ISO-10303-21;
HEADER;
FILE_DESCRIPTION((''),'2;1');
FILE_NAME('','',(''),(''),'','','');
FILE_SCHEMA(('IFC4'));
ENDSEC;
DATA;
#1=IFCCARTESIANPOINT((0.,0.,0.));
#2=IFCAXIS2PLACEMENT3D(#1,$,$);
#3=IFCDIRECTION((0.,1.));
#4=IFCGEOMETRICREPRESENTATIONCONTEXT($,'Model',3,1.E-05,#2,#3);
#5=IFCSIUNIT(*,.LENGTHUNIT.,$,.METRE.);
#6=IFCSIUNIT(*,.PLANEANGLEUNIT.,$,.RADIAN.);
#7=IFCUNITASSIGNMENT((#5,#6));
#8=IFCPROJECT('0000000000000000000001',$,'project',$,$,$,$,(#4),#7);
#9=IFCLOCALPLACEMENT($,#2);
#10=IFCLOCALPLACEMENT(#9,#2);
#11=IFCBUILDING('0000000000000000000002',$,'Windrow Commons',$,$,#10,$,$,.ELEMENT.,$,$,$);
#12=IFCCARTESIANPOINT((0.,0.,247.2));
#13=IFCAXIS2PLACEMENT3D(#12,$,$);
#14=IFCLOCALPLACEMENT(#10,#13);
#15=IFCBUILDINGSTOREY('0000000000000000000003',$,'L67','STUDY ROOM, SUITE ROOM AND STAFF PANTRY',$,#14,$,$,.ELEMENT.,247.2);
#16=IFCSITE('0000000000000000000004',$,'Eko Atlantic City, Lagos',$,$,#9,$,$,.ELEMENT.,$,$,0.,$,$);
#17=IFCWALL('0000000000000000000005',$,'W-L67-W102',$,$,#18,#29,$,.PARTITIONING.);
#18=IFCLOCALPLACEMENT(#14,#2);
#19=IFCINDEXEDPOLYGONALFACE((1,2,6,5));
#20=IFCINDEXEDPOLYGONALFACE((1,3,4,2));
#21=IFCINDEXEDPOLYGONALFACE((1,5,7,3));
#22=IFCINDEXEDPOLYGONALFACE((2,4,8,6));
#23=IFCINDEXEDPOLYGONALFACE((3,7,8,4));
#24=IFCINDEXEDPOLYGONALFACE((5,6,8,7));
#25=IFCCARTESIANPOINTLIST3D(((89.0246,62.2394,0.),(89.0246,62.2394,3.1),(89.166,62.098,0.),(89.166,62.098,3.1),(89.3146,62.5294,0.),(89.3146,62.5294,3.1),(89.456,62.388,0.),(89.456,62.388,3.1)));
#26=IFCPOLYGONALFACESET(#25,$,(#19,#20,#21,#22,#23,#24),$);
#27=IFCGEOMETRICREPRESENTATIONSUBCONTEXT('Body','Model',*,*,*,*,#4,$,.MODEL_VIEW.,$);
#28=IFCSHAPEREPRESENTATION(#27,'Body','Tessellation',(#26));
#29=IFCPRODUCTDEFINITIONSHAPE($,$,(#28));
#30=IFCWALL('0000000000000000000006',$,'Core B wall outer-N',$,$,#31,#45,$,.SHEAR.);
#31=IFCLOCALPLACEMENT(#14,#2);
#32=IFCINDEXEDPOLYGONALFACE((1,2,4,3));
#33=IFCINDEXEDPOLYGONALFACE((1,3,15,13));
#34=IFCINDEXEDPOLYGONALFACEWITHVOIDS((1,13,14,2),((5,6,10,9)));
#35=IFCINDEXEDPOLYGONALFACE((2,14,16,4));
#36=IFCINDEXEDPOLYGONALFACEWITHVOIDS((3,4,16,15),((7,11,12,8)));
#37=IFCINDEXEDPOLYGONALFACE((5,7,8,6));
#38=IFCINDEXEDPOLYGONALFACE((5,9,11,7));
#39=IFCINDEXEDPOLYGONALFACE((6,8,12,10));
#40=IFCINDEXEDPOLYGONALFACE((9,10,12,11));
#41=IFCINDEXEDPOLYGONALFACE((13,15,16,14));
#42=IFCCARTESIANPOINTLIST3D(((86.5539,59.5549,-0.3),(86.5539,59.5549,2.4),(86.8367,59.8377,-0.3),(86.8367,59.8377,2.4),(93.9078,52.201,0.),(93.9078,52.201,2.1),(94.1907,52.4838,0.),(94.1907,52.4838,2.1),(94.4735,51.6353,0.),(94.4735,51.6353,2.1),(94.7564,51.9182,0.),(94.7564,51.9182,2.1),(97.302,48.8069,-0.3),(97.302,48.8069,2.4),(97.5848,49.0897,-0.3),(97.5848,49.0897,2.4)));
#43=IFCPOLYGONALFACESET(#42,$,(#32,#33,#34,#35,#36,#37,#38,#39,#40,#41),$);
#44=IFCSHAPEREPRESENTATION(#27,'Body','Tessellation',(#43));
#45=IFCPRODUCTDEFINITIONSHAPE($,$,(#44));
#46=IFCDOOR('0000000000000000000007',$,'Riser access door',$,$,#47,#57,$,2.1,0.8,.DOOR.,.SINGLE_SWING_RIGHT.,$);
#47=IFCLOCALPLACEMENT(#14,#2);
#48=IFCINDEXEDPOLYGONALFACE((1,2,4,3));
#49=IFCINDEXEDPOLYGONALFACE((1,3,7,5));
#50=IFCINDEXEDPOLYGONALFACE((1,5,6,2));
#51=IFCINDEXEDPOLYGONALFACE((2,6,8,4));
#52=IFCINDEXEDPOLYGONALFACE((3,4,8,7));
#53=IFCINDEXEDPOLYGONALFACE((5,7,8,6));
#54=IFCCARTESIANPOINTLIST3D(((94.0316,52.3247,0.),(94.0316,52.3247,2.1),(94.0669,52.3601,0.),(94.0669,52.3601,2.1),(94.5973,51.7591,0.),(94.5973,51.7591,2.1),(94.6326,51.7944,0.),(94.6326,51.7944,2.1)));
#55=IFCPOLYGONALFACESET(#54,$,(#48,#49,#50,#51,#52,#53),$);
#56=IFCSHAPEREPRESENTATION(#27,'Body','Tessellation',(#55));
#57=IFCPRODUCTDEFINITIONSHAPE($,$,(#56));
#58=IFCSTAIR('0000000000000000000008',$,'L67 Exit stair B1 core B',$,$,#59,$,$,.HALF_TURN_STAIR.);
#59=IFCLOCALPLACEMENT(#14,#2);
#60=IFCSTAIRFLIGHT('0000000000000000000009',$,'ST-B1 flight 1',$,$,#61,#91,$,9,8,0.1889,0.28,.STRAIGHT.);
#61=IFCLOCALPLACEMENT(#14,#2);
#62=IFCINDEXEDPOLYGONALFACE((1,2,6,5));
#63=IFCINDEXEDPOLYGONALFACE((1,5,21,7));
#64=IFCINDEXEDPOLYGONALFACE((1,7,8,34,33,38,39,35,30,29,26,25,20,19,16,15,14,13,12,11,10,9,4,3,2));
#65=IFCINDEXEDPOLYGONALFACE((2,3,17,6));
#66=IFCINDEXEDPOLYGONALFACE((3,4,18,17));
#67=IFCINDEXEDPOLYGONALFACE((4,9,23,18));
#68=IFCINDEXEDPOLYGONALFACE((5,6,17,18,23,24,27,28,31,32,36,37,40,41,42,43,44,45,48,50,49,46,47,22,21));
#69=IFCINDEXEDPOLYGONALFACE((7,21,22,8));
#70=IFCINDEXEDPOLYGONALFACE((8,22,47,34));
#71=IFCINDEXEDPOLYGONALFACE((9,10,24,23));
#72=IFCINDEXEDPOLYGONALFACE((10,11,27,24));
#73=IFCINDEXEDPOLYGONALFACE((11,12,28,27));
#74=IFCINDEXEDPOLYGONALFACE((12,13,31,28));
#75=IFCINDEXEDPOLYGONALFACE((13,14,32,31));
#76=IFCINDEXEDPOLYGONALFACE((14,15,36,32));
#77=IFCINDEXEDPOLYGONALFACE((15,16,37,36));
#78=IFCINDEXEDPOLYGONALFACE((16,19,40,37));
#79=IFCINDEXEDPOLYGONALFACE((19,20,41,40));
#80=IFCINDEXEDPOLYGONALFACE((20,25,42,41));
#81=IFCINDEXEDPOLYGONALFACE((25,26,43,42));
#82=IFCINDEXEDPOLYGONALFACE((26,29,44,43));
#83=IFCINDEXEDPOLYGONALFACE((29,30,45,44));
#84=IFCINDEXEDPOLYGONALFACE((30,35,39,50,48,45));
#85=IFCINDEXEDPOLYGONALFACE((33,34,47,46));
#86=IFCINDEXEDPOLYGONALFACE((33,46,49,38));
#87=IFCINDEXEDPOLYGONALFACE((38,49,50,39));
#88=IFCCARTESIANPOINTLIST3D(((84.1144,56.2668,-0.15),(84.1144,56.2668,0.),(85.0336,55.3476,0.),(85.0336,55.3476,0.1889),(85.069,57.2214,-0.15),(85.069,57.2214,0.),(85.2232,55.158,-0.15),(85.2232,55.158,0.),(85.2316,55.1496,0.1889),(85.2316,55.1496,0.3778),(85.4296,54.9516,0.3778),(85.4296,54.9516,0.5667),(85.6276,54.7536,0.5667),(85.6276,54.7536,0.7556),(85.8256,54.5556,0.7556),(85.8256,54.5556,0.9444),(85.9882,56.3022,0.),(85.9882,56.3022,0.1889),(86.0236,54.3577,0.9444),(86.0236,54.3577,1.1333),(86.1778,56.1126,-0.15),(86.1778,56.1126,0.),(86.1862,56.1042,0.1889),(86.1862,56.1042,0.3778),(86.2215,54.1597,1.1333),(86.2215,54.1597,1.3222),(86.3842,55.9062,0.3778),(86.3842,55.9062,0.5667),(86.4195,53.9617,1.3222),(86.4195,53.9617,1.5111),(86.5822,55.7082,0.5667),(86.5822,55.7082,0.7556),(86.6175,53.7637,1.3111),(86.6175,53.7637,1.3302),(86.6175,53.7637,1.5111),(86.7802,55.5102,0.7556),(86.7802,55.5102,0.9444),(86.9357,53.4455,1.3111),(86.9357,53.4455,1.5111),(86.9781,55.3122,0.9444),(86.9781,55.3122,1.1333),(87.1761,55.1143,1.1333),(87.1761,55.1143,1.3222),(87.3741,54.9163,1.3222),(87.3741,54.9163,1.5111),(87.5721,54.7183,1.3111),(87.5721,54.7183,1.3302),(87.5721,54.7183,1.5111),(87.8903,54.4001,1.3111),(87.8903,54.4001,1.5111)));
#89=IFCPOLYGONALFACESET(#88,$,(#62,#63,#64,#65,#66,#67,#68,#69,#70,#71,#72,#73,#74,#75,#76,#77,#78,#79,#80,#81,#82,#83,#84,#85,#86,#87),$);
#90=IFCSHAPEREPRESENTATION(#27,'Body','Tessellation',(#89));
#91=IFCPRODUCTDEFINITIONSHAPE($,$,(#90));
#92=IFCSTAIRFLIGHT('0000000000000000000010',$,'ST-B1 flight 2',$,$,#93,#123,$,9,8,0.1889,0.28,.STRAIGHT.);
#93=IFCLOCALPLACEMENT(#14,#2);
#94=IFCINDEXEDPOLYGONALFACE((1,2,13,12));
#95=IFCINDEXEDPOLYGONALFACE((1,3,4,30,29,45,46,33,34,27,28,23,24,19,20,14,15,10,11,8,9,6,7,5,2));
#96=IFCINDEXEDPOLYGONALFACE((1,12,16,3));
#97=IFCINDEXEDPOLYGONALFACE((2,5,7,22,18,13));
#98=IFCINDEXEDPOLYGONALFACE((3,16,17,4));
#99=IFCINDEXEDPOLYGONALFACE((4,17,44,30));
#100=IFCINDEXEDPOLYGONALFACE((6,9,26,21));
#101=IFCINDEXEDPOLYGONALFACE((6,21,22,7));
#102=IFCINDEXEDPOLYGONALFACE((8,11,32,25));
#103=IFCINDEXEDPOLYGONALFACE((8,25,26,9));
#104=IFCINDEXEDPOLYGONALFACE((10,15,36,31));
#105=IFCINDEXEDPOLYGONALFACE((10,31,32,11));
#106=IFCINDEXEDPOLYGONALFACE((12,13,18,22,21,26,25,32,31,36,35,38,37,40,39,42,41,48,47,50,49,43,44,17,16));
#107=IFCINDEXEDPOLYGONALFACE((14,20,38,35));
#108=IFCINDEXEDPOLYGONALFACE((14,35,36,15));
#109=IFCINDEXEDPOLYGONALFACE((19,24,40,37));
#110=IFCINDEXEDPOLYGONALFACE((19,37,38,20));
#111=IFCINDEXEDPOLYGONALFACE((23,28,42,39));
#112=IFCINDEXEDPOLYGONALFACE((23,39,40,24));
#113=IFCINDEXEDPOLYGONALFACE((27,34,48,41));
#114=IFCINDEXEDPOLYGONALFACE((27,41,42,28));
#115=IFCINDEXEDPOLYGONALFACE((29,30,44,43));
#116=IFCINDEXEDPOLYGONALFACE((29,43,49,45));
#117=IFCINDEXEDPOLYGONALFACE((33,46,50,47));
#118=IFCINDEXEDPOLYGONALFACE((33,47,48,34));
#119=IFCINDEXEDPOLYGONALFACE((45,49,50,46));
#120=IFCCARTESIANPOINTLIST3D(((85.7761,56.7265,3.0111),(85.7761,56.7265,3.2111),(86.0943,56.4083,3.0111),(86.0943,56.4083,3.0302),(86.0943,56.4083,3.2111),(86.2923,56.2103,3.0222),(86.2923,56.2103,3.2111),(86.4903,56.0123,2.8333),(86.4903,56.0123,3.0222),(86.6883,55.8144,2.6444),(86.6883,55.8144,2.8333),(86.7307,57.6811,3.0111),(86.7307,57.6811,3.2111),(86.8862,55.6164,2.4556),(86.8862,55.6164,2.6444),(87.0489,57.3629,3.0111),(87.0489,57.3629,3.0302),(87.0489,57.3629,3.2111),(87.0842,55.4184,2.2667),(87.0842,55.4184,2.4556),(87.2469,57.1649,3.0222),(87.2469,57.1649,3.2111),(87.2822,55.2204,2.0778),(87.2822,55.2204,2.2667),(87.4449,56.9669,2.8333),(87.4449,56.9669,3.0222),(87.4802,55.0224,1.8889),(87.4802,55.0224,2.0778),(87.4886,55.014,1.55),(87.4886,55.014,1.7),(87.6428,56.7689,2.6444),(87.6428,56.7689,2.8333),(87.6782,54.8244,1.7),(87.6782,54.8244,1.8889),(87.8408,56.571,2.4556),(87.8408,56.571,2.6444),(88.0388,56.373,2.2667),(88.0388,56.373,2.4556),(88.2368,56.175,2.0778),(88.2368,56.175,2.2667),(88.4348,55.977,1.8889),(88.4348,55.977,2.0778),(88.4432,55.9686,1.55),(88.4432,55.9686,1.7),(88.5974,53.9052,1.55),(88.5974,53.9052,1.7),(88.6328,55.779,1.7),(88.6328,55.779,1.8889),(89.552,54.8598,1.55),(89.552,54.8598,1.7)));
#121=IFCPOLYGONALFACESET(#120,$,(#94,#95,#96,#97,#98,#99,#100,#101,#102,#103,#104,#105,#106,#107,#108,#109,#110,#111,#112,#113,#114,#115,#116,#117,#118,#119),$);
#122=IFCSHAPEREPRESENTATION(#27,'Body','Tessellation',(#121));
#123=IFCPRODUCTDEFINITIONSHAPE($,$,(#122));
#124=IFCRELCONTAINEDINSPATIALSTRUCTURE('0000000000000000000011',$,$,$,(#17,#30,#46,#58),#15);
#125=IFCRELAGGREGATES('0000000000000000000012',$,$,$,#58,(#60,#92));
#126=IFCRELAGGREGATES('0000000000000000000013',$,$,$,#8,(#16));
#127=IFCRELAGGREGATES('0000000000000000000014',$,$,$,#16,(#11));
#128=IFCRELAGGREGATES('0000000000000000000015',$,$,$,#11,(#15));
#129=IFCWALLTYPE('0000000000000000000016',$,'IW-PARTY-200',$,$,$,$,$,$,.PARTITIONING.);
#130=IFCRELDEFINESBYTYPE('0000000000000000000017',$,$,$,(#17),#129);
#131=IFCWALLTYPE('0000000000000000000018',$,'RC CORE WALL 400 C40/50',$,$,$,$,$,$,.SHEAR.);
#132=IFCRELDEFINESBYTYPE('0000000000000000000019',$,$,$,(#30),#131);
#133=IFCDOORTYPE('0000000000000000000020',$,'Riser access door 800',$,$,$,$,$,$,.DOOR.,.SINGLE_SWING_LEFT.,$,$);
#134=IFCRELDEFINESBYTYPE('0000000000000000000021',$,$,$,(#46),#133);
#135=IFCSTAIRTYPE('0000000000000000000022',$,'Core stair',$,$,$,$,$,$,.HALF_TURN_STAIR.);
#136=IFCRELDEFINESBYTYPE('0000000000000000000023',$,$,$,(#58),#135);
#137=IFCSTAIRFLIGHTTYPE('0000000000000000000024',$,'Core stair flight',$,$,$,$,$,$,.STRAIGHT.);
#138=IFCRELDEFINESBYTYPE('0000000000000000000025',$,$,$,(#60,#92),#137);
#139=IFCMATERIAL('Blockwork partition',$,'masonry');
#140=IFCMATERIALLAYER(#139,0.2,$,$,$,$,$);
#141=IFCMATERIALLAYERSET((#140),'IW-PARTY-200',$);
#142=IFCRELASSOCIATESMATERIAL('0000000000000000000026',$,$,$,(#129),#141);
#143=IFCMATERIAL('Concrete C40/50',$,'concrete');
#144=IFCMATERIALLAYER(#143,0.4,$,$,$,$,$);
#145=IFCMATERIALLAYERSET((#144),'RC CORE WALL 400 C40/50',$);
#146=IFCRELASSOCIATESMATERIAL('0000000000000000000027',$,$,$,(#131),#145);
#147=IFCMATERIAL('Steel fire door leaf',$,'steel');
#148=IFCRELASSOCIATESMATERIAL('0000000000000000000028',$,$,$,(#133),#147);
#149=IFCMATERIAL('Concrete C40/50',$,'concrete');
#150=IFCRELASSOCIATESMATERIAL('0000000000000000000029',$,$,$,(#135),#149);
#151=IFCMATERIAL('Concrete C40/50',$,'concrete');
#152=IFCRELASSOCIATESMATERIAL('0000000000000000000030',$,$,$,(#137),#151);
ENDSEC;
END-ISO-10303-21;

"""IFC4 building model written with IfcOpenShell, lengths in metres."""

from ifc_helpers import new_model, si_unit, direction, frame, frame_2d, origin, place, context, subcontext, project, spatial, polyline, rectangle, outline, extrude, material, layer, layer_set, type_object, element, fill, aggregate, save


model = new_model("IFC4")

# Units and contexts
model_context = context("Model", 3, precision=1e-05, world=origin(), true_north=direction((0.0, 1.0)))
body_context = subcontext(model_context, "Body", "Model", "MODEL_VIEW")
ifc_project = project(units=[si_unit("LENGTHUNIT", "METRE"), si_unit("PLANEANGLEUNIT", "RADIAN")], contexts=[model_context])

# Site, building, storey
site_placement = place(None, origin())
site = spatial("IfcSite", under=ifc_project, at=site_placement, Name="Eko Atlantic City, Lagos", CompositionType="ELEMENT", RefElevation=0.0)
building_placement = place(site_placement, origin())
building = spatial("IfcBuilding", under=site, at=building_placement, Name="Windrow Commons", CompositionType="ELEMENT")
storey_placement = place(building_placement, frame((0.0, 0.0, 247.2)))
storey = spatial("IfcBuildingStorey", under=building, at=storey_placement, Name="L67", Description="STUDY ROOM, SUITE ROOM AND STAFF PANTRY", CompositionType="ELEMENT", Elevation=247.2)

# Wall
ifc_material_1 = material(Name="Blockwork partition", Category="masonry")
ifc_layer_1 = layer(ifc_material_1, 0.2)
ifc_layer_set_1 = layer_set([ifc_layer_1], Name="IW-PARTY-200")
wall_type_1 = type_object("IfcWallType", Name="IW-PARTY-200", PredefinedType="PARTITIONING", material=ifc_layer_set_1)
for number, where, z_axis, x_axis, name in (
    (1, (89.0953, 62.1687, 0.0), (0.0, 0.0, 1.0), (0.707107, 0.707107, 0.0), "W-L67-W102"),
):
    element("IfcWall", number, at=place(storey_placement, frame(where, z_axis=z_axis, x_axis=x_axis)), inside=storey, type_object=wall_type_1, Name=name, PredefinedType="PARTITIONING", context=body_context, shape_type="SweptSolid", body=[
        extrude(rectangle(XDim=0.4101, YDim=0.2, at=frame_2d((0.2051, 0.0))), origin(), (0.0, 0.0, 1.0), 3.1),
    ])

# Wall, opening, door
ifc_material_2 = material(Name="Concrete C40/50", Category="concrete")
ifc_layer_2 = layer(ifc_material_2, 0.4)
ifc_layer_set_2 = layer_set([ifc_layer_2], Name="RC CORE WALL 400 C40/50")
wall_type_2 = type_object("IfcWallType", Name="RC CORE WALL 400 C40/50", PredefinedType="SHEAR", material=ifc_layer_set_2)
wall_1_placement = place(storey_placement, frame((86.6953, 59.6963, -0.3), z_axis=(0.0, 0.0, 1.0), x_axis=(0.70711, -0.707103, 0.0)))
wall_1 = element("IfcWall", 2, at=wall_1_placement, inside=storey, type_object=wall_type_2, Name="Core B wall outer-N", PredefinedType="SHEAR", context=body_context, shape_type="SweptSolid", body=[
    extrude(rectangle(XDim=15.2, YDim=0.4, at=frame_2d((7.6, 0.0))), origin(), (0.0, 0.0, 1.0), 2.7),
])
opening_1_placement = place(wall_1_placement, frame((10.4, 0.0, 0.3)))
opening_1 = element("IfcOpeningElement", 3, at=opening_1_placement, cuts=wall_1, PredefinedType="OPENING", context=body_context, shape_type="SweptSolid", body=[
    extrude(rectangle(XDim=0.8, YDim=2.1, at=frame_2d((0.4, 1.05))), frame((0.0, 0.21, 0.0), z_axis=(0.0, -1.0, 0.0), x_axis=(1.0, 0.0, 0.0)), (0.0, 0.0, 1.0), 0.42),
])
ifc_material_3 = material(Name="Steel fire door leaf", Category="steel")
door_type = type_object("IfcDoorType", Name="Riser access door 800", OperationType="SINGLE_SWING_LEFT", PredefinedType="DOOR", material=ifc_material_3)
door_placement = place(opening_1_placement, origin())
door = element("IfcDoor", 4, at=door_placement, inside=storey, type_object=door_type, Name="Riser access door", OperationType="SINGLE_SWING_RIGHT", OverallHeight=2.1, OverallWidth=0.8, PredefinedType="DOOR", context=body_context, shape_type="SweptSolid", body=[
    extrude(rectangle(XDim=0.8, YDim=2.1, at=frame_2d((0.4, 1.05))), frame((0.0, 0.025, 0.0), z_axis=(0.0, -1.0, 0.0), x_axis=(1.0, 0.0, 0.0)), (0.0, 0.0, 1.0), 0.05),
])
fill(opening_1, door)

# Stair, stair flights
ifc_material_4 = material(Name="Concrete C40/50", Category="concrete")
stair_type = type_object("IfcStairType", Name="Core stair", PredefinedType="HALF_TURN_STAIR", material=ifc_material_4)
stair_placement = place(storey_placement, origin())
stair = element("IfcStair", 5, at=stair_placement, inside=storey, type_object=stair_type, Name="L67 Exit stair B1 core B", PredefinedType="HALF_TURN_STAIR")
ifc_material_5 = material(Name="Concrete C40/50", Category="concrete")
stair_flight_type = type_object("IfcStairFlightType", Name="Core stair flight", PredefinedType="STRAIGHT", material=ifc_material_5)
stair_flight_1_placement = place(storey_placement, frame((85.5109, 55.8249, 0.0), z_axis=(0.0, 0.0, 1.0), x_axis=(0.707107, -0.707107, 0.0)))
stair_flight_1 = element("IfcStairFlight", 6, at=stair_flight_1_placement, type_object=stair_flight_type, Name="ST-B1 flight 1", NumberOfRisers=9, NumberOfTreads=8, PredefinedType="STRAIGHT", RiserHeight=0.1889, TreadLength=0.28, context=body_context, shape_type="SweptSolid", body=[
    extrude(outline(polyline([(-1.3, -0.15), (-1.3, 0.0), (0.0, 0.0), (0.0, 0.1889), (0.28, 0.1889), (0.28, 0.3778), (0.56, 0.3778), (0.56, 0.5667), (0.84, 0.5667), (0.84, 0.7556), (1.12, 0.7556), (1.12, 0.9444), (1.4, 0.9444), (1.4, 1.1333), (1.68, 1.1333), (1.68, 1.3222), (1.96, 1.3222), (1.96, 1.5111), (2.24, 1.5111), (2.69, 1.5111), (2.69, 1.3111), (2.24, 1.3111), (2.24, 1.3302), (0.2682, 0.0), (0.2682, -0.15), (-1.3, -0.15)])), frame((0.0, 0.675, 0.0), z_axis=(0.0, -1.0, 0.0), x_axis=(1.0, 0.0, 0.0)), (0.0, 0.0, 1.0), 1.35),
])
stair_flight_2_placement = place(storey_placement, frame((88.1555, 55.3017, 1.7), z_axis=(0.0, 0.0, 1.0), x_axis=(-0.707107, 0.707107, 0.0)))
stair_flight_2 = element("IfcStairFlight", 7, at=stair_flight_2_placement, type_object=stair_flight_type, Name="ST-B1 flight 2", NumberOfRisers=9, NumberOfTreads=8, PredefinedType="STRAIGHT", RiserHeight=0.1889, TreadLength=0.28, context=body_context, shape_type="SweptSolid", body=[
    extrude(outline(polyline([(-1.3, -0.15), (-1.3, 0.0), (0.0, 0.0), (0.0, 0.1889), (0.28, 0.1889), (0.28, 0.3778), (0.56, 0.3778), (0.56, 0.5667), (0.84, 0.5667), (0.84, 0.7556), (1.12, 0.7556), (1.12, 0.9444), (1.4, 0.9444), (1.4, 1.1333), (1.68, 1.1333), (1.68, 1.3222), (1.96, 1.3222), (1.96, 1.5111), (2.24, 1.5111), (2.69, 1.5111), (2.69, 1.3111), (2.24, 1.3111), (2.24, 1.3302), (0.2682, 0.0), (0.2682, -0.15), (-1.3, -0.15)])), frame((0.0, 0.675, 0.0), z_axis=(0.0, -1.0, 0.0), x_axis=(1.0, 0.0, 0.0)), (0.0, 0.0, 1.0), 1.35),
])
aggregate(stair, [stair_flight_1, stair_flight_2])

save(model, "model.ifc")
